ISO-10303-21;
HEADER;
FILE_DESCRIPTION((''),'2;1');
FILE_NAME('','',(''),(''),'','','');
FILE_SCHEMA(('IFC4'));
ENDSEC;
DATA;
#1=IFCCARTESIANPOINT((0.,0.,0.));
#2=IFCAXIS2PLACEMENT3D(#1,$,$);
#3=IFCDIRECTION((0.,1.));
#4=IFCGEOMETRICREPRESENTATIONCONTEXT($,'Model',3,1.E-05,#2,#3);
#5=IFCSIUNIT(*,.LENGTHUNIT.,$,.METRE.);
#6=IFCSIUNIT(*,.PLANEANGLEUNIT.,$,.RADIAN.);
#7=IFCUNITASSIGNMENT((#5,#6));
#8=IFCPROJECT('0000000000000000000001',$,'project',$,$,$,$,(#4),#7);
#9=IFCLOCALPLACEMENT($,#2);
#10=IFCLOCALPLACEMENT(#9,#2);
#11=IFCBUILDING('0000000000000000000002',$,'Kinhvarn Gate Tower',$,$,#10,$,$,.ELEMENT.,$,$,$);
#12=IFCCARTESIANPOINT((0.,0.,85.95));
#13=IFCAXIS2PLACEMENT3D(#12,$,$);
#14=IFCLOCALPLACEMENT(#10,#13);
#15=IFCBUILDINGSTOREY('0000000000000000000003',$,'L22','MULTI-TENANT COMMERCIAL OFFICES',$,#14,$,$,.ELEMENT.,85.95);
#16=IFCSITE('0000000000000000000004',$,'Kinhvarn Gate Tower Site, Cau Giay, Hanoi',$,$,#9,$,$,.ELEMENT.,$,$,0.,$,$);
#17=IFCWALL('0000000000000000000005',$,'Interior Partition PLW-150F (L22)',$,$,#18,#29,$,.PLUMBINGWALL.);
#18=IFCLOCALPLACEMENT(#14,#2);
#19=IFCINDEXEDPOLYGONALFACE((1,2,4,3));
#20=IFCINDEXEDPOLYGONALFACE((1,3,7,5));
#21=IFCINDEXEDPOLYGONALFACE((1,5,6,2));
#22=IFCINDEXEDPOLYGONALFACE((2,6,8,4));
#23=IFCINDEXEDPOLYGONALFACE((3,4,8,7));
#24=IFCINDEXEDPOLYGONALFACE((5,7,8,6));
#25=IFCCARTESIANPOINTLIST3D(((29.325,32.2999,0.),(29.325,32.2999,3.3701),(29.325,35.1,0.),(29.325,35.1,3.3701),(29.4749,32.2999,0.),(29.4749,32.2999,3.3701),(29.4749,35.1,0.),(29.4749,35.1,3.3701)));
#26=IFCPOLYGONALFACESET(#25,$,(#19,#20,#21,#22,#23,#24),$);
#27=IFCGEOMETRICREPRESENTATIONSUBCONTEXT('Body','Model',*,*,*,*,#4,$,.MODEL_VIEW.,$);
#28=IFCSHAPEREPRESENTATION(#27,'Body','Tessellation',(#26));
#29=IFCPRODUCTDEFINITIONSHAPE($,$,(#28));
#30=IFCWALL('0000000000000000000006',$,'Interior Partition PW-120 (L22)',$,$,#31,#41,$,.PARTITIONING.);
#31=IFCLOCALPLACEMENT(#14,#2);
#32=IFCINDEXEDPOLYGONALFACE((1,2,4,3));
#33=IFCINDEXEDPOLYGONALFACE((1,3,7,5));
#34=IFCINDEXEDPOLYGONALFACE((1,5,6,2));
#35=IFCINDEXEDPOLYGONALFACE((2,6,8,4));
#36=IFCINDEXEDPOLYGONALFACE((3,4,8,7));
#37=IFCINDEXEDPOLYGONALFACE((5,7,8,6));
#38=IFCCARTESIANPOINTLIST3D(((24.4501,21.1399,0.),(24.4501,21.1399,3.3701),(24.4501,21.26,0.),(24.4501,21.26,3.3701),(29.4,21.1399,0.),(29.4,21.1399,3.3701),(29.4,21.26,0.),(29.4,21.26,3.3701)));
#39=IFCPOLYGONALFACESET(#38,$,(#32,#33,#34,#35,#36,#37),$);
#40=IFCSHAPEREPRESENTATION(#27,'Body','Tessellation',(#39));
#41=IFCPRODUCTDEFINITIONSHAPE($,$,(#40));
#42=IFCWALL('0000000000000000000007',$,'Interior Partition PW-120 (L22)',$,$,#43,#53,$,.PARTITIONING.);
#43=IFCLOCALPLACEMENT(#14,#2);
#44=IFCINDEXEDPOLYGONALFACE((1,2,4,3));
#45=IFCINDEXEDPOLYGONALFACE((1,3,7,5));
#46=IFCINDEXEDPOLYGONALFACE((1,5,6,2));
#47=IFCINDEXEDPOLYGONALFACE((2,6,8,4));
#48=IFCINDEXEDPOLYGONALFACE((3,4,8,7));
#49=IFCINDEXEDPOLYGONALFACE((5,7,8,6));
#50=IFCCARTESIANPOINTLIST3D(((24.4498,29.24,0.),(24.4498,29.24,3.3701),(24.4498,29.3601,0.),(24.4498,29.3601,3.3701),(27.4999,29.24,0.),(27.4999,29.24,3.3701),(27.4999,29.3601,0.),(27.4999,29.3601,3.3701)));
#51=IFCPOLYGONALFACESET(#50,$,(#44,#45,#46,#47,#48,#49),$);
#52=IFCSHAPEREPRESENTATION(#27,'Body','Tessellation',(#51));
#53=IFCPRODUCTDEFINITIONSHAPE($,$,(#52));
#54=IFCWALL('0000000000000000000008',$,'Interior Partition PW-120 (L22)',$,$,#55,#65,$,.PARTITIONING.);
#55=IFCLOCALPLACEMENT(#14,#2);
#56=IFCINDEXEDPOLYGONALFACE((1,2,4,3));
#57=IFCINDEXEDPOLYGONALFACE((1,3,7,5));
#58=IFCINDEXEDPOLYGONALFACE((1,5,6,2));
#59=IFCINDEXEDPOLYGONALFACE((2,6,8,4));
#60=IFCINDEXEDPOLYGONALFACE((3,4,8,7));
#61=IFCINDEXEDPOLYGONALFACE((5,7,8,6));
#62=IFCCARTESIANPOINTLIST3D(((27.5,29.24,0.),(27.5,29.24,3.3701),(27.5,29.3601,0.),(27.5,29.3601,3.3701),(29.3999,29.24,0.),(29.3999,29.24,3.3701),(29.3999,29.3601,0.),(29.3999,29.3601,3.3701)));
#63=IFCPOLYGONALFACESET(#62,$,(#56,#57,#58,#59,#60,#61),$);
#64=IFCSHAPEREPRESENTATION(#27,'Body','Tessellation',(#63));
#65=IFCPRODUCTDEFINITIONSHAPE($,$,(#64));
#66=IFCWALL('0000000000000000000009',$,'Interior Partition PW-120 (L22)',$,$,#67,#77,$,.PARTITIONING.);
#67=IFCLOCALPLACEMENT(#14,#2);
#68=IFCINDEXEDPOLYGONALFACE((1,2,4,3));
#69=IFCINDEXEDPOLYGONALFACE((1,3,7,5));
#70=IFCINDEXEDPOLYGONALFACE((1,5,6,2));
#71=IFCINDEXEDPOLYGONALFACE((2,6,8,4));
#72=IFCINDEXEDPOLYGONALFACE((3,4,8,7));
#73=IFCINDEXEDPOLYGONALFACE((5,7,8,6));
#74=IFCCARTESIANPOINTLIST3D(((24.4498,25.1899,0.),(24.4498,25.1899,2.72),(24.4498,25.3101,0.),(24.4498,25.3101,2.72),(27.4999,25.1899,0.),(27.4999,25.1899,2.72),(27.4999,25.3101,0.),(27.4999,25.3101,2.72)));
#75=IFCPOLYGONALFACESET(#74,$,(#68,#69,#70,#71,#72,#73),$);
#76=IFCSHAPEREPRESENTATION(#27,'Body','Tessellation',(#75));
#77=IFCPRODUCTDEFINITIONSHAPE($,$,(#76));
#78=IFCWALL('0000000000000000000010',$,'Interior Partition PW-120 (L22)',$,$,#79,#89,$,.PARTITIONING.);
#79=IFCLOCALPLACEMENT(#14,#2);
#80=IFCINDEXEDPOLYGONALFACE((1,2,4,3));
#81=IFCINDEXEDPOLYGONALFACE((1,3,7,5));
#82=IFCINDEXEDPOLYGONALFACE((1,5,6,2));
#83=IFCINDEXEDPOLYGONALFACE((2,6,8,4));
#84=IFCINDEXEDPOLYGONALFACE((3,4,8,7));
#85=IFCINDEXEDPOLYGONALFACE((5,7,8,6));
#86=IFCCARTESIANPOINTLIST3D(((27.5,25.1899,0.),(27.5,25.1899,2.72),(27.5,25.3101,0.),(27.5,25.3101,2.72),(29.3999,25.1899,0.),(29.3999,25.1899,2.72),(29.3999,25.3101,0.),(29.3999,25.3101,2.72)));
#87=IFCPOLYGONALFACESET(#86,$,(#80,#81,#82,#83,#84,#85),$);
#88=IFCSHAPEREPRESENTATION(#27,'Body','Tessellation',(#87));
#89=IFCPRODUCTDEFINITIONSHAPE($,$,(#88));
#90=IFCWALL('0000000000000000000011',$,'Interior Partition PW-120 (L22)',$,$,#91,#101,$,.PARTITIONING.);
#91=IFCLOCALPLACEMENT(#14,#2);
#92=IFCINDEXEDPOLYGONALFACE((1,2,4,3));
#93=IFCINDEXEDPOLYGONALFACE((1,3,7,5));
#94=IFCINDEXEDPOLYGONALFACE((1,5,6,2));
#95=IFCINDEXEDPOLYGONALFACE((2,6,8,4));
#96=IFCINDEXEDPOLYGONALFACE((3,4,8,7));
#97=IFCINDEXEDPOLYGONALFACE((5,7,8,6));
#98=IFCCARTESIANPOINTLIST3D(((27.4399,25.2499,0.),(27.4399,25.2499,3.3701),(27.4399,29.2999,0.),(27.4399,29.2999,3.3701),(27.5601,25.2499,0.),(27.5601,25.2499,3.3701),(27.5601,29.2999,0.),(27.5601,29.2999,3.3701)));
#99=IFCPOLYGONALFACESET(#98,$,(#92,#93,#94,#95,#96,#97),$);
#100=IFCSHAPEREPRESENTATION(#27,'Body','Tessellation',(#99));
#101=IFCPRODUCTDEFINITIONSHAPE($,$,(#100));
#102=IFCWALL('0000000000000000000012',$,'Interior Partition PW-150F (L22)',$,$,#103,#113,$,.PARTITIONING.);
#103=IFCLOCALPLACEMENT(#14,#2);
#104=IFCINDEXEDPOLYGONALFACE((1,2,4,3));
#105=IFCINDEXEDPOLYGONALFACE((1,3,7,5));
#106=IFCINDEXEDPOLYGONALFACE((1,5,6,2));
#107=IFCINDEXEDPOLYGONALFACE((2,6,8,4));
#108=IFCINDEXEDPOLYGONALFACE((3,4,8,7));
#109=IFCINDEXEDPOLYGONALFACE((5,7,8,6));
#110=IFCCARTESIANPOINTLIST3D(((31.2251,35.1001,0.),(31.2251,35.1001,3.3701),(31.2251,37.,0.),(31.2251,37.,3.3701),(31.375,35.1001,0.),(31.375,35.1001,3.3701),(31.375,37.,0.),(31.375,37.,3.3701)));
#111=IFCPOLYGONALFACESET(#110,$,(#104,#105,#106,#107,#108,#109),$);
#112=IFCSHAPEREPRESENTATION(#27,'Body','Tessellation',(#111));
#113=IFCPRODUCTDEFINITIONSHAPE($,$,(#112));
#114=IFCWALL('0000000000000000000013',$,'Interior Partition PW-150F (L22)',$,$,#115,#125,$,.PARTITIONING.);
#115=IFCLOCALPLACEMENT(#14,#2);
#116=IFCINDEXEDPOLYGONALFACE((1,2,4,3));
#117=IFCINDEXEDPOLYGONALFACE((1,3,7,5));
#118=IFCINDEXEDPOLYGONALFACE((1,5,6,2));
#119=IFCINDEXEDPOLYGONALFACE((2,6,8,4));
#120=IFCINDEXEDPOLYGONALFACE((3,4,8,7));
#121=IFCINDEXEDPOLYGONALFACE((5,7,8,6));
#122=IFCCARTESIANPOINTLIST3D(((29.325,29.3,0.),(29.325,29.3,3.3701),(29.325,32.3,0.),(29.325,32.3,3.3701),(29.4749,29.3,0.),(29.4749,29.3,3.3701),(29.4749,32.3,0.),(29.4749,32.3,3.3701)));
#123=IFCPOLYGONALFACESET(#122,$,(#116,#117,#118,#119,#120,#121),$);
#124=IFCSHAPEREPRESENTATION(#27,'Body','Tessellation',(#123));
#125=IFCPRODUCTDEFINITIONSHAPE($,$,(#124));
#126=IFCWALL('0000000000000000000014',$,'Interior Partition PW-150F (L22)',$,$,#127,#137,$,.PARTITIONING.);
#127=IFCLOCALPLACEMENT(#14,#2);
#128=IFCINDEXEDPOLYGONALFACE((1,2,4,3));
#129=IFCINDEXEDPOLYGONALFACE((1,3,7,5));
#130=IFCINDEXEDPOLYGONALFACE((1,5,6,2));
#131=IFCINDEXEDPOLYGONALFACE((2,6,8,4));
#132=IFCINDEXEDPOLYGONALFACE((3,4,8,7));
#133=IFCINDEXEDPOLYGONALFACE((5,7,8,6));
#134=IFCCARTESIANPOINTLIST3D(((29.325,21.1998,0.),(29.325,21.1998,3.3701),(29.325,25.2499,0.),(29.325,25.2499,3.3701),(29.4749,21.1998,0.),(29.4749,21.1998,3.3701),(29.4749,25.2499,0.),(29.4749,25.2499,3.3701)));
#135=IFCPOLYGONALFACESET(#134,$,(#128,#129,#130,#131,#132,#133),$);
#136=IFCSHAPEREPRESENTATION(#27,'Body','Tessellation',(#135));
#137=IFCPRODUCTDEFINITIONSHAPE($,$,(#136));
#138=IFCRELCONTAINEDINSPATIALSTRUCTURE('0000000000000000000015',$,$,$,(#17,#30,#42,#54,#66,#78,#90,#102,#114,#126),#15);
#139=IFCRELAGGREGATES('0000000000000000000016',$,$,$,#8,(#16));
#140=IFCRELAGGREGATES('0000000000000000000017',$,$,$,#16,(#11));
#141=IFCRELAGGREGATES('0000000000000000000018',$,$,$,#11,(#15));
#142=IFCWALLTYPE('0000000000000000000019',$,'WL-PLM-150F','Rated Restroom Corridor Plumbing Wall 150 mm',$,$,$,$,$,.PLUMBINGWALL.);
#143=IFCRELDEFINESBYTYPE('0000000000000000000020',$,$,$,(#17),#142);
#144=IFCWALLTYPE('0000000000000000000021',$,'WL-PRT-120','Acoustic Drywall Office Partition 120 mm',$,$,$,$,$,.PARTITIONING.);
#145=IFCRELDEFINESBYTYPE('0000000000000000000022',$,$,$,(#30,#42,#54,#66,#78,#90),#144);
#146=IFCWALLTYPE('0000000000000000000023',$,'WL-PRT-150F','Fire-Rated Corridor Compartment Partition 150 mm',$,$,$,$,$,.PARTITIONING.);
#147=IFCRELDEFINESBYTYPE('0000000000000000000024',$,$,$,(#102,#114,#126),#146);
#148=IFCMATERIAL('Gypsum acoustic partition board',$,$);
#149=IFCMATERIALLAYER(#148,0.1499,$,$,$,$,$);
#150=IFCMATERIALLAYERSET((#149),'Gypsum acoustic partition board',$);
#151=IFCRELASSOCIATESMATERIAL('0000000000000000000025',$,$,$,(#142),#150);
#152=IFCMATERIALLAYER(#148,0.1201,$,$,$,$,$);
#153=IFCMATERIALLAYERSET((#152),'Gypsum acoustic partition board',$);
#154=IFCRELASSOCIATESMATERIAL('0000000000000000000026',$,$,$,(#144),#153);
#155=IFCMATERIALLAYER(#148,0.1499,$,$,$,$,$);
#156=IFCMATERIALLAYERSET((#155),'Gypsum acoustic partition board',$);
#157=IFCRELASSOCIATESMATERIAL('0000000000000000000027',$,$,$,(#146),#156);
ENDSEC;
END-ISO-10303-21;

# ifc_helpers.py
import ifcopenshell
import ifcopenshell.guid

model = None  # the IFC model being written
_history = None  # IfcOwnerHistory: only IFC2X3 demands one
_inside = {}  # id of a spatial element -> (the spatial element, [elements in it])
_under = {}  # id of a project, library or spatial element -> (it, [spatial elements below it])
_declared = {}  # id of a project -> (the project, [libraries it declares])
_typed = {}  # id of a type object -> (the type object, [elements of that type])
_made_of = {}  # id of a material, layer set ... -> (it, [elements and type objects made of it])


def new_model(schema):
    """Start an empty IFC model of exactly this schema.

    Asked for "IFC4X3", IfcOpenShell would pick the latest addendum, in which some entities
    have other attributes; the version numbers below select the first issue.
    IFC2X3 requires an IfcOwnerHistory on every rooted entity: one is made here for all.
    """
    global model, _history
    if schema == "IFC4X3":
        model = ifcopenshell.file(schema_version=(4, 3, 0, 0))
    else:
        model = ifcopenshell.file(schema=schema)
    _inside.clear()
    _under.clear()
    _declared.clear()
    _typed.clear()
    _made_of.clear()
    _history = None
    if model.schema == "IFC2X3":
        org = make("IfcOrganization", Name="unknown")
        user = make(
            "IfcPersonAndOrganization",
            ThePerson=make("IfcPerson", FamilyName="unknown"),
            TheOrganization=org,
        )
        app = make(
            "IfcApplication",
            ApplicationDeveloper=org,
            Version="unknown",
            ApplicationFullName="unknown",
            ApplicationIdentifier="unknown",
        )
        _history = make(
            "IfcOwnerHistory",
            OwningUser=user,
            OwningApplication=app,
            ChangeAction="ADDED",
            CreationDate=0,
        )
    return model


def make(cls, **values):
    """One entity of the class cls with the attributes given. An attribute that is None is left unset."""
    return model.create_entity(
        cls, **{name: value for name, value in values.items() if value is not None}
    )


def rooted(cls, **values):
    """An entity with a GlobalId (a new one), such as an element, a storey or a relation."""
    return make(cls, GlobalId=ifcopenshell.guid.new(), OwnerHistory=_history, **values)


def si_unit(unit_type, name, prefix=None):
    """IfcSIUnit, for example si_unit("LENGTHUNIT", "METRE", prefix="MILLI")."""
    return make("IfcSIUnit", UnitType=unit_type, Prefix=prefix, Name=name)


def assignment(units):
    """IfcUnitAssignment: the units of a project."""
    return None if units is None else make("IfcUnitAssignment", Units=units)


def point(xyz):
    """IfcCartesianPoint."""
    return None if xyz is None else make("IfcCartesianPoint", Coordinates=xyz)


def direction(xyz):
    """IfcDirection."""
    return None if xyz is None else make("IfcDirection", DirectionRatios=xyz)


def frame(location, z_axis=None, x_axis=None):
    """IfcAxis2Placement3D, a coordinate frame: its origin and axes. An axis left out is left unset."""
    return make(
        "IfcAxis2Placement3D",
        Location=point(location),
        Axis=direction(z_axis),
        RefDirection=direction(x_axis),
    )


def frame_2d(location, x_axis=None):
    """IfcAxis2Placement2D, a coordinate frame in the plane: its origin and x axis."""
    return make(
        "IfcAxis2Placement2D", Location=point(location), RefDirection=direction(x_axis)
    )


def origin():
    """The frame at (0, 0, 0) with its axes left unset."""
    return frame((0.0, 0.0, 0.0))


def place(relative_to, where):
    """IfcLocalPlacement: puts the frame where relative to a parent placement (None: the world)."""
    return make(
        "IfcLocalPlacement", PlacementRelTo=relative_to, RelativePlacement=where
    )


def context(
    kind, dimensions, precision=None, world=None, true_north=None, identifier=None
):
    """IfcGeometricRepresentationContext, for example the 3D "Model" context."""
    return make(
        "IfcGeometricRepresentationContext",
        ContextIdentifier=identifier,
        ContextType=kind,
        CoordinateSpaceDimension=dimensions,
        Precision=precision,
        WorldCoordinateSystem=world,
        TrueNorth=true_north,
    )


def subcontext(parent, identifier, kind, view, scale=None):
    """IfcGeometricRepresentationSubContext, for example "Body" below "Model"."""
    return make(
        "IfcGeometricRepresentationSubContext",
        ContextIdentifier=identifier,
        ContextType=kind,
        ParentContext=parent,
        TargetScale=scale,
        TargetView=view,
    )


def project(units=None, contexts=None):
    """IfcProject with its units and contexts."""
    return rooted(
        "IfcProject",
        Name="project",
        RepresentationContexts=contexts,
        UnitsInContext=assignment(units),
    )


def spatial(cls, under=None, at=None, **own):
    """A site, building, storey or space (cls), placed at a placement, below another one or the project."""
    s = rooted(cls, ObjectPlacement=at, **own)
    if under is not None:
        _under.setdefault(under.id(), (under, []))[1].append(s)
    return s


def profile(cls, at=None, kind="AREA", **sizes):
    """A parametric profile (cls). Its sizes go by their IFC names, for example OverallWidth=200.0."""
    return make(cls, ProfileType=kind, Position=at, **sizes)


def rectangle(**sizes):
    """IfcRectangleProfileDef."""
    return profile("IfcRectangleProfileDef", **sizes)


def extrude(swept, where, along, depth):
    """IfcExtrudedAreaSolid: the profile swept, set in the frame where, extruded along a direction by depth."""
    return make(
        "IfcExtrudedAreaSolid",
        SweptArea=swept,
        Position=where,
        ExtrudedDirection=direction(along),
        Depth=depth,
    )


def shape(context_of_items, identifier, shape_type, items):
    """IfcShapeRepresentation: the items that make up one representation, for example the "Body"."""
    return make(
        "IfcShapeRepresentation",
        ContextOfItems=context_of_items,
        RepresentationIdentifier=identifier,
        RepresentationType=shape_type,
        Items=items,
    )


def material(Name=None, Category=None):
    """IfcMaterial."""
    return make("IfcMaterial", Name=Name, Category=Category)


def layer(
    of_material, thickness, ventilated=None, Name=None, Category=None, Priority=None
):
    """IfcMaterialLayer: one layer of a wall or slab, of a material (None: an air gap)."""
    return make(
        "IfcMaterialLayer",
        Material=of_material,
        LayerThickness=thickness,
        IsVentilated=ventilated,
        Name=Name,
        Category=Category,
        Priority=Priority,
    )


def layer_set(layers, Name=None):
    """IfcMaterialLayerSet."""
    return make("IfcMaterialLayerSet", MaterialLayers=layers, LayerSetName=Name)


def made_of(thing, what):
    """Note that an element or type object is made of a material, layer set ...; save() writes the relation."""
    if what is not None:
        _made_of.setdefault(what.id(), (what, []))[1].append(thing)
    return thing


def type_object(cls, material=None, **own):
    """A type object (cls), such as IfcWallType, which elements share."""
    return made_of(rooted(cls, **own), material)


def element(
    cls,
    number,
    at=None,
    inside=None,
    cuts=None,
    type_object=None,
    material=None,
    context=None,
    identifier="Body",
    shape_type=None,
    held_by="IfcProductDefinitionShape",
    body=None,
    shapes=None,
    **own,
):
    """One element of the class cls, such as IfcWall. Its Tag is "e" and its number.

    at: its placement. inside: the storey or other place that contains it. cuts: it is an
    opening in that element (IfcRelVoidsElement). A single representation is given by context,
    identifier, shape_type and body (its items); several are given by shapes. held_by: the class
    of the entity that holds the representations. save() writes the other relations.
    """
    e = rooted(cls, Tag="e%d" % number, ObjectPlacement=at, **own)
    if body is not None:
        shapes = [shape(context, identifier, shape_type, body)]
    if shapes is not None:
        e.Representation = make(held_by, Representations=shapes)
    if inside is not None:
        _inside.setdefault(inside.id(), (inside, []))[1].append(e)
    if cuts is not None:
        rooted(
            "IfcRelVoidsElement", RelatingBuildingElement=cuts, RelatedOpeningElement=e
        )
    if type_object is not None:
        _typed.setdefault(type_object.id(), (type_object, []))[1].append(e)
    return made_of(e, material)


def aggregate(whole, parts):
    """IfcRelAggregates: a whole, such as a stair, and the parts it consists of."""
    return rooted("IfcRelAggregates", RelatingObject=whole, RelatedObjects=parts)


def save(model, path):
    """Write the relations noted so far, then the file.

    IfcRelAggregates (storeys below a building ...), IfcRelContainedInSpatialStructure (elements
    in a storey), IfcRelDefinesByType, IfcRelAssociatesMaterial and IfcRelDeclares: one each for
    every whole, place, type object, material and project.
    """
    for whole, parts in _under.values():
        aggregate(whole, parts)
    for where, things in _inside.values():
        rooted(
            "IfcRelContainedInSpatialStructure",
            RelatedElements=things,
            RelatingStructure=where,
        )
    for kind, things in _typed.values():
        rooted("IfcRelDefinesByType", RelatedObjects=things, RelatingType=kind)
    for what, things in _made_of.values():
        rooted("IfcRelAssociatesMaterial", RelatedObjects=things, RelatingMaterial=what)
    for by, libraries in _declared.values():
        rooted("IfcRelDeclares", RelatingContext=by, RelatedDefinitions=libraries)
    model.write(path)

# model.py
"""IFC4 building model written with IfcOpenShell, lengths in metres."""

from ifc_helpers import new_model, si_unit, direction, frame, frame_2d, origin, place, context, subcontext, project, spatial, rectangle, extrude, material, layer, layer_set, type_object, element, save


model = new_model("IFC4")

# Units and contexts
model_context = context("Model", 3, precision=1e-05, world=origin(), true_north=direction((0.0, 1.0)))
body_context = subcontext(model_context, "Body", "Model", "MODEL_VIEW")
ifc_project = project(units=[si_unit("LENGTHUNIT", "METRE"), si_unit("PLANEANGLEUNIT", "RADIAN")], contexts=[model_context])

# Site, building, storey
site_placement = place(None, origin())
site = spatial("IfcSite", under=ifc_project, at=site_placement, Name="Kinhvarn Gate Tower Site, Cau Giay, Hanoi", CompositionType="ELEMENT", RefElevation=0.0)
building_placement = place(site_placement, origin())
building = spatial("IfcBuilding", under=site, at=building_placement, Name="Kinhvarn Gate Tower", CompositionType="ELEMENT")
storey_placement = place(building_placement, frame((0.0, 0.0, 85.95)))
storey = spatial("IfcBuildingStorey", under=building, at=storey_placement, Name="L22", Description="MULTI-TENANT COMMERCIAL OFFICES", CompositionType="ELEMENT", Elevation=85.95)

# Shared definitions
ifc_material_1 = material(Name="Gypsum acoustic partition board")

# Shared definitions
ifc_layer_1 = layer(ifc_material_1, 0.1499)
ifc_layer_set_1 = layer_set([ifc_layer_1], Name="Gypsum acoustic partition board")
wall_type_1 = type_object("IfcWallType", Name="WL-PLM-150F", Description="Rated Restroom Corridor Plumbing Wall 150 mm", PredefinedType="PLUMBINGWALL", material=ifc_layer_set_1)

# Walls
wall_1_placement = place(storey_placement, frame((29.3999, 32.3, 0.0), z_axis=(0.0, 0.0, 1.0), x_axis=(0.0, 1.0, 0.0)))
element("IfcWall", 1, at=wall_1_placement, inside=storey, type_object=wall_type_1, Name="Interior Partition PLW-150F (L22)", PredefinedType="PLUMBINGWALL", context=body_context, shape_type="SweptSolid", body=[
    extrude(rectangle(XDim=2.8, YDim=0.1499, at=frame_2d((1.3999, 0.0))), origin(), (0.0, 0.0, 1.0), 3.3701),
])
ifc_layer_2 = layer(ifc_material_1, 0.1201)
ifc_layer_set_2 = layer_set([ifc_layer_2], Name="Gypsum acoustic partition board")
wall_type_2 = type_object("IfcWallType", Name="WL-PRT-120", Description="Acoustic Drywall Office Partition 120 mm", PredefinedType="PARTITIONING", material=ifc_layer_set_2)
wall_2_placement = place(storey_placement, frame((24.45, 21.2, 0.0), z_axis=(0.0, 0.0, 1.0), x_axis=(1.0, 0.0, 0.0)))
element("IfcWall", 2, at=wall_2_placement, inside=storey, type_object=wall_type_2, Name="Interior Partition PW-120 (L22)", PredefinedType="PARTITIONING", context=body_context, shape_type="SweptSolid", body=[
    extrude(rectangle(XDim=4.95, YDim=0.1201, at=frame_2d((2.4751, 0.0))), origin(), (0.0, 0.0, 1.0), 3.3701),
])
wall_3_placement = place(storey_placement, frame((24.45, 29.3, 0.0), z_axis=(0.0, 0.0, 1.0), x_axis=(1.0, 0.0, 0.0)))
element("IfcWall", 3, at=wall_3_placement, inside=storey, type_object=wall_type_2, Name="Interior Partition PW-120 (L22)", PredefinedType="PARTITIONING", context=body_context, shape_type="SweptSolid", body=[
    extrude(rectangle(XDim=3.05, YDim=0.1201, at=frame_2d((1.5249, 0.0))), origin(), (0.0, 0.0, 1.0), 3.3701),
])
wall_4_placement = place(storey_placement, frame((27.5, 29.3, 0.0), z_axis=(0.0, 0.0, 1.0), x_axis=(1.0, 0.0, 0.0)))
element("IfcWall", 4, at=wall_4_placement, inside=storey, type_object=wall_type_2, Name="Interior Partition PW-120 (L22)", PredefinedType="PARTITIONING", context=body_context, shape_type="SweptSolid", body=[
    extrude(rectangle(XDim=1.8999, YDim=0.1201, at=frame_2d((0.95, 0.0))), origin(), (0.0, 0.0, 1.0), 3.3701),
])
wall_5_placement = place(storey_placement, frame((24.45, 25.25, 0.0), z_axis=(0.0, 0.0, 1.0), x_axis=(1.0, 0.0, 0.0)))
element("IfcWall", 5, at=wall_5_placement, inside=storey, type_object=wall_type_2, Name="Interior Partition PW-120 (L22)", PredefinedType="PARTITIONING", context=body_context, shape_type="SweptSolid", body=[
    extrude(rectangle(XDim=3.05, YDim=0.1201, at=frame_2d((1.5249, 0.0))), origin(), (0.0, 0.0, 1.0), 2.72),
])
wall_6_placement = place(storey_placement, frame((27.5, 25.25, 0.0), z_axis=(0.0, 0.0, 1.0), x_axis=(1.0, 0.0, 0.0)))
element("IfcWall", 6, at=wall_6_placement, inside=storey, type_object=wall_type_2, Name="Interior Partition PW-120 (L22)", PredefinedType="PARTITIONING", context=body_context, shape_type="SweptSolid", body=[
    extrude(rectangle(XDim=1.8999, YDim=0.1201, at=frame_2d((0.95, 0.0))), origin(), (0.0, 0.0, 1.0), 2.72),
])
wall_7_placement = place(storey_placement, frame((27.5, 25.25, 0.0), z_axis=(0.0, 0.0, 1.0), x_axis=(0.0, 1.0, 0.0)))
element("IfcWall", 7, at=wall_7_placement, inside=storey, type_object=wall_type_2, Name="Interior Partition PW-120 (L22)", PredefinedType="PARTITIONING", context=body_context, shape_type="SweptSolid", body=[
    extrude(rectangle(XDim=4.05, YDim=0.1201, at=frame_2d((2.0249, 0.0))), origin(), (0.0, 0.0, 1.0), 3.3701),
])
ifc_layer_3 = layer(ifc_material_1, 0.1499)
ifc_layer_set_3 = layer_set([ifc_layer_3], Name="Gypsum acoustic partition board")
wall_type_3 = type_object("IfcWallType", Name="WL-PRT-150F", Description="Fire-Rated Corridor Compartment Partition 150 mm", PredefinedType="PARTITIONING", material=ifc_layer_set_3)
wall_8_placement = place(storey_placement, frame((31.3, 35.1001, 0.0), z_axis=(0.0, 0.0, 1.0), x_axis=(0.0, 1.0, 0.0)))
element("IfcWall", 8, at=wall_8_placement, inside=storey, type_object=wall_type_3, Name="Interior Partition PW-150F (L22)", PredefinedType="PARTITIONING", context=body_context, shape_type="SweptSolid", body=[
    extrude(rectangle(XDim=1.8999, YDim=0.1499, at=frame_2d((0.95, 0.0))), origin(), (0.0, 0.0, 1.0), 3.3701),
])
wall_9_placement = place(storey_placement, frame((29.3999, 29.3, 0.0), z_axis=(0.0, 0.0, 1.0), x_axis=(0.0, 1.0, 0.0)))
element("IfcWall", 9, at=wall_9_placement, inside=storey, type_object=wall_type_3, Name="Interior Partition PW-150F (L22)", PredefinedType="PARTITIONING", context=body_context, shape_type="SweptSolid", body=[
    extrude(rectangle(XDim=3.0, YDim=0.1499, at=frame_2d((1.5, 0.0))), origin(), (0.0, 0.0, 1.0), 3.3701),
])
wall_10_placement = place(storey_placement, frame((29.3999, 21.2, 0.0), z_axis=(0.0, 0.0, 1.0), x_axis=(0.0, 1.0, 0.0)))
element("IfcWall", 10, at=wall_10_placement, inside=storey, type_object=wall_type_3, Name="Interior Partition PW-150F (L22)", PredefinedType="PARTITIONING", context=body_context, shape_type="SweptSolid", body=[
    extrude(rectangle(XDim=4.05, YDim=0.1499, at=frame_2d((2.0249, 0.0))), origin(), (0.0, 0.0, 1.0), 3.3701),
])

save(model, "model.ifc")
